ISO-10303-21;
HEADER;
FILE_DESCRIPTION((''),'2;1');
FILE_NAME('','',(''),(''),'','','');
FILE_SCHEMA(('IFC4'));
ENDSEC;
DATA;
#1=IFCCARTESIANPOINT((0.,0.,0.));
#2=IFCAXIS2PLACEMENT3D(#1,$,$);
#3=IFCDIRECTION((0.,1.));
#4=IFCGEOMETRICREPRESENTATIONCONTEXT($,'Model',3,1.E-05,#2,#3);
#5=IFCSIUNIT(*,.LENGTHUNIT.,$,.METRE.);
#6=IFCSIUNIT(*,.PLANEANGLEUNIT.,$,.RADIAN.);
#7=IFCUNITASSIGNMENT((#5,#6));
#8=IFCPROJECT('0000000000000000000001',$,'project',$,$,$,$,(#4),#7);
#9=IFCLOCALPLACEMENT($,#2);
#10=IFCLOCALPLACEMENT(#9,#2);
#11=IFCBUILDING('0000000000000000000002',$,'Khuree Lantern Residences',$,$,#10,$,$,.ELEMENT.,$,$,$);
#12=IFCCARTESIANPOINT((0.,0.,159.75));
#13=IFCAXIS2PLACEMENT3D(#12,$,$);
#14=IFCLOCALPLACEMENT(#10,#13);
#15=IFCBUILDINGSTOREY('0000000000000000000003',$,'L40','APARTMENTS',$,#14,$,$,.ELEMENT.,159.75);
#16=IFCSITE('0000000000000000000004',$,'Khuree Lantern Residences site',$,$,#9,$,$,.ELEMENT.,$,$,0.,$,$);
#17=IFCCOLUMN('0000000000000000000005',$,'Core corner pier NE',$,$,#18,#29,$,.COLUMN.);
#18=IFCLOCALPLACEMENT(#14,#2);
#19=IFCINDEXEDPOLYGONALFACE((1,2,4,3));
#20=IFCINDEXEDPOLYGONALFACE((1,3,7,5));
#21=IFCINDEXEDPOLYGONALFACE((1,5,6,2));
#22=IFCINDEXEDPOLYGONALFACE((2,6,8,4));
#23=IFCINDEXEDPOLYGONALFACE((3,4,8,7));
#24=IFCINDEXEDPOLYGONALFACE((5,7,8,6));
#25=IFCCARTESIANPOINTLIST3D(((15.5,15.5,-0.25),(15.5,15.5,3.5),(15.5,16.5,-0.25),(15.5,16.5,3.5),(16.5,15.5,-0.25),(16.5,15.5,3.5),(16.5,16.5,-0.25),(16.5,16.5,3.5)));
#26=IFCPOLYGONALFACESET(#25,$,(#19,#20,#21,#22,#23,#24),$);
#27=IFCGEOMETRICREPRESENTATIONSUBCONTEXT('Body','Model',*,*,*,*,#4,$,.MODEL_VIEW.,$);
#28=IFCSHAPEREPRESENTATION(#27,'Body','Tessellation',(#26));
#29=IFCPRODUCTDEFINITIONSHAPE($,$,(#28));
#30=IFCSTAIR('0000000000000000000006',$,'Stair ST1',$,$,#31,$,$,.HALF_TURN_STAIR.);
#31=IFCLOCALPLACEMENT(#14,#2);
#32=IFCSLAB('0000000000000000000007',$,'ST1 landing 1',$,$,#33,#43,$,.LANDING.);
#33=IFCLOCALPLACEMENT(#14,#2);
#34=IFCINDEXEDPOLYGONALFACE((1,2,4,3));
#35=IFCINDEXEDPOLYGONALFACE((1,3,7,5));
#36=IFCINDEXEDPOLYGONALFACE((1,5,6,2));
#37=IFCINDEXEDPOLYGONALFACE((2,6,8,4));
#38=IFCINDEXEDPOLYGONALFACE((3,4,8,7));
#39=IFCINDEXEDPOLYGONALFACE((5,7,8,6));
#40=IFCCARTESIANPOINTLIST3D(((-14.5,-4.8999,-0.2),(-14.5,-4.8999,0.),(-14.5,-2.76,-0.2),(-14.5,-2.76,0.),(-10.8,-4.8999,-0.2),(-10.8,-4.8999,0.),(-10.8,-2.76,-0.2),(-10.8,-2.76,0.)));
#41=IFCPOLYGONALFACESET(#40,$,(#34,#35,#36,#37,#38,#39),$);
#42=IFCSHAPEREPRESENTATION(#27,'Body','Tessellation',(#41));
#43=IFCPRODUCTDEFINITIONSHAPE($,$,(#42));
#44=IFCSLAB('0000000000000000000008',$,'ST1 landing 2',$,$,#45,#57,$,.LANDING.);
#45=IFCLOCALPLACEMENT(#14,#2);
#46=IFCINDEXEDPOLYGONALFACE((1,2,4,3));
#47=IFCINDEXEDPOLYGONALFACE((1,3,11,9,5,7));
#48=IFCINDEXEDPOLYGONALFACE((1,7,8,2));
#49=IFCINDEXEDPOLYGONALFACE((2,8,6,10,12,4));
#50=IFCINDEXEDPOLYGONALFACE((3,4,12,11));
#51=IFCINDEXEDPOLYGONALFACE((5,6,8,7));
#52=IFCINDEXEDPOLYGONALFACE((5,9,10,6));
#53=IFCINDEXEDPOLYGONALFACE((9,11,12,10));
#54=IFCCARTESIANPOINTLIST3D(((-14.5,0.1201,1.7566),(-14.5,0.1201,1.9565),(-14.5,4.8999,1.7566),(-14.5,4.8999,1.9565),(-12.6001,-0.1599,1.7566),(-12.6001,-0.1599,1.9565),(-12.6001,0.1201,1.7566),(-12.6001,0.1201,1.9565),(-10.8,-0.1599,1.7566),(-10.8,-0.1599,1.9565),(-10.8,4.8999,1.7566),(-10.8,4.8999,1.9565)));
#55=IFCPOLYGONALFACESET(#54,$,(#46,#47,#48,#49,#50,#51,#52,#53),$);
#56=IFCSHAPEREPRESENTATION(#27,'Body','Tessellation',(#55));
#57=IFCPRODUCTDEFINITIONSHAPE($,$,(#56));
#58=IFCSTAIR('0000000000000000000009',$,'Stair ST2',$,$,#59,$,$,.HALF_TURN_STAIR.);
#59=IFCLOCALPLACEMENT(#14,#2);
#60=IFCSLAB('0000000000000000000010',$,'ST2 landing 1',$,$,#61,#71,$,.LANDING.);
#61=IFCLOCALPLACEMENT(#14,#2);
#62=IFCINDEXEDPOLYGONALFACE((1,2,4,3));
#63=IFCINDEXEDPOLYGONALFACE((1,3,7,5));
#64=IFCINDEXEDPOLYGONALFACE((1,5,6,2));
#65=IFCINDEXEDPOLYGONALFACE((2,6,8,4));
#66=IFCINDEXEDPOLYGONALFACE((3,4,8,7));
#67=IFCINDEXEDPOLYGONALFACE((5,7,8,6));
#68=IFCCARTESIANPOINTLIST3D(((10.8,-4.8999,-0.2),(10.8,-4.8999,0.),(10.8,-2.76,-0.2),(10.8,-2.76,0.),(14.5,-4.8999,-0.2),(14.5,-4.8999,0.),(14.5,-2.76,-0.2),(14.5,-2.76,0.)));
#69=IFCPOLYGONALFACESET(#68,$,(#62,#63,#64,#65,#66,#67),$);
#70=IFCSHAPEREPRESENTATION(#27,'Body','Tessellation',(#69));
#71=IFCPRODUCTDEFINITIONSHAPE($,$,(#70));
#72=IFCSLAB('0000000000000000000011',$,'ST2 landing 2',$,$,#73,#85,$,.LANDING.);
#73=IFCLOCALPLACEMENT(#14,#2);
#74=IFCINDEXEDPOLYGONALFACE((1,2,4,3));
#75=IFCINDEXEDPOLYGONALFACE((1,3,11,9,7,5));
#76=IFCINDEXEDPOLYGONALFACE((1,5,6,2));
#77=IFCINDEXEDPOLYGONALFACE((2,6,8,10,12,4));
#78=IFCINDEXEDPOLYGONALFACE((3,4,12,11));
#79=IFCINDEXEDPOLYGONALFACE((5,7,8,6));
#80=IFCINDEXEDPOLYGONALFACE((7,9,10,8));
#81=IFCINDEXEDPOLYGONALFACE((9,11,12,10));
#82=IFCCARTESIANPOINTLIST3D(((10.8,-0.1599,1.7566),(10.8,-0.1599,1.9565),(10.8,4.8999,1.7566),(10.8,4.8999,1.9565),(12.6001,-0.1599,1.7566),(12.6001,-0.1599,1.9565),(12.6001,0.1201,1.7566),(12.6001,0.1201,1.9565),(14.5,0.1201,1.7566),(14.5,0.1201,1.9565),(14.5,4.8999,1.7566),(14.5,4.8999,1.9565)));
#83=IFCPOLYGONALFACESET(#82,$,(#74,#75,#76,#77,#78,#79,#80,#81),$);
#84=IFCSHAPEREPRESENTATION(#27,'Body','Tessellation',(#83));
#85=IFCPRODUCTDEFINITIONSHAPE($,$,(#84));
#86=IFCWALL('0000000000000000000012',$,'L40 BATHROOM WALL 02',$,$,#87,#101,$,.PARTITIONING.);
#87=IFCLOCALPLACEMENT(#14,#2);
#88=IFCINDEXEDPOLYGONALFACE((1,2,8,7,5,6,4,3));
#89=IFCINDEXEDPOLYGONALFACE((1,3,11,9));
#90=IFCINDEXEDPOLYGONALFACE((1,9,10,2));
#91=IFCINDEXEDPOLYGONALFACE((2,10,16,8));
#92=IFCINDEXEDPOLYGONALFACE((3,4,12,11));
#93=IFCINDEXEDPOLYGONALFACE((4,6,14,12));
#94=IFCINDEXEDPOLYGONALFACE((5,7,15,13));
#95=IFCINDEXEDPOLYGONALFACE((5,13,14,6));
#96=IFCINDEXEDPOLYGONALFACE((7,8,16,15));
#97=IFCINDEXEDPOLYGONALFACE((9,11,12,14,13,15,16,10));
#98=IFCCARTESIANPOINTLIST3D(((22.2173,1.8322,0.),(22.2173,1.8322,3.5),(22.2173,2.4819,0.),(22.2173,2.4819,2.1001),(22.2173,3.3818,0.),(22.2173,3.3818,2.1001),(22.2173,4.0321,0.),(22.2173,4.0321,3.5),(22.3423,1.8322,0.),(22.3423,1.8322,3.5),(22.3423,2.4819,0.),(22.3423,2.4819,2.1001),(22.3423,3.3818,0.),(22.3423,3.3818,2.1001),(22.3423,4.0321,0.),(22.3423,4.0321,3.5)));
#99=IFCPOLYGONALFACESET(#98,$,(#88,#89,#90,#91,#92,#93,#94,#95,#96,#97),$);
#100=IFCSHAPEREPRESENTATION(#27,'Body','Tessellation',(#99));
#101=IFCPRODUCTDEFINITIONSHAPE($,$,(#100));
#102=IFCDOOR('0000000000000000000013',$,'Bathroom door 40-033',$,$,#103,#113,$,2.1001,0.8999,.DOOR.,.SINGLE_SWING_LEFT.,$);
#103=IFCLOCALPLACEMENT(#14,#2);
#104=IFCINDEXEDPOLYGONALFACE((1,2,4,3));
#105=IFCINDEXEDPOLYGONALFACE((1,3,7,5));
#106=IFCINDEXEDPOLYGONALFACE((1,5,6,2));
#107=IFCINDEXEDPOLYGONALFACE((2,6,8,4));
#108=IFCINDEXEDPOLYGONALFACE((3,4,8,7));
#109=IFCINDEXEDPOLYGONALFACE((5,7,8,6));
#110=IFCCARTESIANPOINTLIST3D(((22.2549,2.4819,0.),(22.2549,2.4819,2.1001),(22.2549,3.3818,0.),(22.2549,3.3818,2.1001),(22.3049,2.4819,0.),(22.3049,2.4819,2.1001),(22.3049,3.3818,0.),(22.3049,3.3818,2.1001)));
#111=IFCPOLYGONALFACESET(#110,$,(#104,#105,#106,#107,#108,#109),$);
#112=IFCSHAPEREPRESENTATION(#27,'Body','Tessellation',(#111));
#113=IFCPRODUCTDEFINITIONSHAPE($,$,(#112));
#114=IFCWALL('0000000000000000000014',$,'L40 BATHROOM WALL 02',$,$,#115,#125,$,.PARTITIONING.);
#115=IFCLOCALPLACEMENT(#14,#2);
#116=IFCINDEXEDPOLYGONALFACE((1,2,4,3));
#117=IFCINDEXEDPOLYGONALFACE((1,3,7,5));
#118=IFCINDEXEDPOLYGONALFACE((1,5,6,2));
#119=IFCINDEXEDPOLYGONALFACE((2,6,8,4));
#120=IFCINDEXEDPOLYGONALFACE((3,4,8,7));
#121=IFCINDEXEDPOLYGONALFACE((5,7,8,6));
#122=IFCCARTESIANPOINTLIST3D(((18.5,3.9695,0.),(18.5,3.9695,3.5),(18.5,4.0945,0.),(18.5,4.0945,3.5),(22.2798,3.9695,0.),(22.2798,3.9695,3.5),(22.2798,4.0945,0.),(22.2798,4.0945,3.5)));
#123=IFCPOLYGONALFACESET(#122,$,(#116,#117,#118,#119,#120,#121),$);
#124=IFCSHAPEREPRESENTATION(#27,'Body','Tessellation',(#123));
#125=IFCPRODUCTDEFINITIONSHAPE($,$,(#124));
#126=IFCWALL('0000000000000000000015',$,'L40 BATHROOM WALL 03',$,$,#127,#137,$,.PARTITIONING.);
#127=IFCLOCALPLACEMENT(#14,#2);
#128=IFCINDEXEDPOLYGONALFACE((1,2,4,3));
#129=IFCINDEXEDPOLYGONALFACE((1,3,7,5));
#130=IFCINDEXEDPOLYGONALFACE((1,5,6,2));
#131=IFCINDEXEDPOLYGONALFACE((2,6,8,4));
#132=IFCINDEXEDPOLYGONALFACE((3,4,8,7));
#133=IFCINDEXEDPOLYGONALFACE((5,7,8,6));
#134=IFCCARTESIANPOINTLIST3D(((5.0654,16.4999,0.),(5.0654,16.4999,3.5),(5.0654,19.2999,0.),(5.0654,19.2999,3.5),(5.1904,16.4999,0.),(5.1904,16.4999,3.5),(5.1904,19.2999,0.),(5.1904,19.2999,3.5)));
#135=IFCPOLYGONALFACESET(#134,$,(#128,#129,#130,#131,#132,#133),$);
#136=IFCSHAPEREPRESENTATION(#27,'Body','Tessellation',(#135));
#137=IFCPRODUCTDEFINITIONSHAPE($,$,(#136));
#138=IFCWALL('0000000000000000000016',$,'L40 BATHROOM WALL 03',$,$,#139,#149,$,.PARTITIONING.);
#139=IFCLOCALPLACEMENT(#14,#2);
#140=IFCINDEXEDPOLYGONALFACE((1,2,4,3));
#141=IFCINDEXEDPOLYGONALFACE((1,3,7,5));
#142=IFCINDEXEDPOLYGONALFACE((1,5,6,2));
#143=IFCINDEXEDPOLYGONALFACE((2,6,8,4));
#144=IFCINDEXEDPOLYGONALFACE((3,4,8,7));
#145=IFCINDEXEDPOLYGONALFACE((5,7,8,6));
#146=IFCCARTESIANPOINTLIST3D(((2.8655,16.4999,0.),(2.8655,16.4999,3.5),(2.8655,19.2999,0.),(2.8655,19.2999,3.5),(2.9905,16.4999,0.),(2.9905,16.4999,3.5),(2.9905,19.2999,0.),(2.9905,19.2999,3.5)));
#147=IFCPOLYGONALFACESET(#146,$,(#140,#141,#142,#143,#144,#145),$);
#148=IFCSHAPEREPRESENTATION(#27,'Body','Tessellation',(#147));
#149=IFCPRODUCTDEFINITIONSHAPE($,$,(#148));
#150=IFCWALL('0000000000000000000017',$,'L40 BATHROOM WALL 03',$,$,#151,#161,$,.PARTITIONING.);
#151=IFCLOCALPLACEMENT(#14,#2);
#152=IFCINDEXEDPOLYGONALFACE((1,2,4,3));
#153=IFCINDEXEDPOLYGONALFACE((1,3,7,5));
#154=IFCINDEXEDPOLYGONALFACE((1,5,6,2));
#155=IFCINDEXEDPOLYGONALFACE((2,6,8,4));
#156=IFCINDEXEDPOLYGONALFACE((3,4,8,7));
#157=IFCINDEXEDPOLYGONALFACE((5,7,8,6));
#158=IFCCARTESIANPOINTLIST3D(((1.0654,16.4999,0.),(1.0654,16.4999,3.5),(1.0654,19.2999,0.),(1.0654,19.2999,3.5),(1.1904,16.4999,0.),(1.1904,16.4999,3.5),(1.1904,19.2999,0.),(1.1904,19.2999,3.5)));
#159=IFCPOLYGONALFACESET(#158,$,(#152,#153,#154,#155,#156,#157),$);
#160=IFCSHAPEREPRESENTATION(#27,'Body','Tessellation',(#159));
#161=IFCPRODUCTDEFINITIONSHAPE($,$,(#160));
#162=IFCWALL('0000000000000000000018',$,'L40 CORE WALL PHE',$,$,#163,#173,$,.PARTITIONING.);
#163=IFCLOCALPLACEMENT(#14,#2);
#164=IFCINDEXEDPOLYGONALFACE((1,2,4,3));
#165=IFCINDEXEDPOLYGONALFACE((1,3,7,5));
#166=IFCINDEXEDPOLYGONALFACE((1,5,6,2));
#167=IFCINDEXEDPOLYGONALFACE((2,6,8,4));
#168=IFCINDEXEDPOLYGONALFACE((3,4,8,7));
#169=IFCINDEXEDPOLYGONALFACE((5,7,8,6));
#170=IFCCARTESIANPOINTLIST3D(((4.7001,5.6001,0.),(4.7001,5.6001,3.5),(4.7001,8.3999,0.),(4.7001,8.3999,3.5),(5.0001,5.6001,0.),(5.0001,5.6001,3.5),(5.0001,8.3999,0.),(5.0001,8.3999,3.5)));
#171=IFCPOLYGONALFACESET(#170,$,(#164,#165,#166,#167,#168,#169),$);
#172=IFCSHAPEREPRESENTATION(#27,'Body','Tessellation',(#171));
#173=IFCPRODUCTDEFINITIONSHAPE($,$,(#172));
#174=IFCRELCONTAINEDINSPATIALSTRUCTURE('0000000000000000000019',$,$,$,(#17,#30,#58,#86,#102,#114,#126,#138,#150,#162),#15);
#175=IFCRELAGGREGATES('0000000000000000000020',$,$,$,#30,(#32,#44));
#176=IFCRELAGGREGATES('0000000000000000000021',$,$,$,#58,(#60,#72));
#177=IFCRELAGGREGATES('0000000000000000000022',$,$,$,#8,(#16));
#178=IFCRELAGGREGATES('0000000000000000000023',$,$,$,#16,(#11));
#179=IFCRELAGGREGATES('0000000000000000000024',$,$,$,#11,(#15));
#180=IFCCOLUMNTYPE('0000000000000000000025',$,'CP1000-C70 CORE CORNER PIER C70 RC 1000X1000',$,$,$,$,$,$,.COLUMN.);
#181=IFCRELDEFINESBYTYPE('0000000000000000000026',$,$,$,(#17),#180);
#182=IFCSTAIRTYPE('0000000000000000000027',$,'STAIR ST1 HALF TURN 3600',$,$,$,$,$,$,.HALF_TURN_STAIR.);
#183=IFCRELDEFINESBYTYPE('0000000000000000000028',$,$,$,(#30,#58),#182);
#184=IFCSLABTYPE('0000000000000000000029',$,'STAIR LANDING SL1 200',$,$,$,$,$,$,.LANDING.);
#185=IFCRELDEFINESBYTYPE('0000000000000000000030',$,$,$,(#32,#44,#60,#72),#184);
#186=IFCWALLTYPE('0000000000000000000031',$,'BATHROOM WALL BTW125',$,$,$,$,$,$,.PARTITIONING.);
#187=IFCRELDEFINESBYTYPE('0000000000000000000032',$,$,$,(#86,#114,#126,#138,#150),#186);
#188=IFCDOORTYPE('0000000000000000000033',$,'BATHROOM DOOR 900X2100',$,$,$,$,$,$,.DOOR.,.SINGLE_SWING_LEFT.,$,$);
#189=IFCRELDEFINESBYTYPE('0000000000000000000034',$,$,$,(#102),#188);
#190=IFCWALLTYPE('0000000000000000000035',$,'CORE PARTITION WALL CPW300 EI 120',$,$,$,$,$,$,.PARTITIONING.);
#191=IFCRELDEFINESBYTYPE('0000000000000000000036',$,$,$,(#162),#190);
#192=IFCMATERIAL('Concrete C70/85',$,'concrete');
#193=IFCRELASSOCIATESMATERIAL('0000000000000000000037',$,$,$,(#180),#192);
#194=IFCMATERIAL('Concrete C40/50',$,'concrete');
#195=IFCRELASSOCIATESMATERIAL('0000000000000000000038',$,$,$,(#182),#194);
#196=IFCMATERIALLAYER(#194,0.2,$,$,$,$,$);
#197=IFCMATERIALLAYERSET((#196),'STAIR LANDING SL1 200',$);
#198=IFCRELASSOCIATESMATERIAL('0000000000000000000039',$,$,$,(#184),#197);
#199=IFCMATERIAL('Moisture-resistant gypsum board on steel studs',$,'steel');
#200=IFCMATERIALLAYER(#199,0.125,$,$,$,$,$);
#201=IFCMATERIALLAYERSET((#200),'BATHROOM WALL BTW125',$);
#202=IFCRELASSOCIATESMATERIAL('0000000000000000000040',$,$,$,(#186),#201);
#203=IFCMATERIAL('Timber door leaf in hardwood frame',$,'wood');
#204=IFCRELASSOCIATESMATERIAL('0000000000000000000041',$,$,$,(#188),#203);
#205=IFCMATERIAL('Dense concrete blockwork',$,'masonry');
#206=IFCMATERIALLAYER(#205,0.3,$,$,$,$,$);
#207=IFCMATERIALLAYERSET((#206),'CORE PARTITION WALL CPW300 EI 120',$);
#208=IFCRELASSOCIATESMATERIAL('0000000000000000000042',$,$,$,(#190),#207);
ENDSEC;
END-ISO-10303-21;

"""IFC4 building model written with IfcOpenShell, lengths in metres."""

from ifc_helpers import new_model, si_unit, direction, frame, frame_2d, origin, origin_2d, place, context, subcontext, project, spatial, polyline, rectangle, outline, extrude, material, layer, layer_set, material_profile, profile_set, type_object, element, fill, aggregate, save


model = new_model("IFC4")

# Units and contexts
model_context = context("Model", 3, precision=1e-05, world=origin(), true_north=direction((0.0, 1.0)))
body_context = subcontext(model_context, "Body", "Model", "MODEL_VIEW")
ifc_project = project(units=[si_unit("LENGTHUNIT", "METRE"), si_unit("PLANEANGLEUNIT", "RADIAN")], contexts=[model_context])

# Site, building, storey
site_placement = place(None, origin())
site = spatial("IfcSite", under=ifc_project, at=site_placement, Name="Khuree Lantern Residences site", CompositionType="ELEMENT", RefElevation=0.0)
building_placement = place(site_placement, origin())
building = spatial("IfcBuilding", under=site, at=building_placement, Name="Khuree Lantern Residences", CompositionType="ELEMENT")
storey_placement = place(building_placement, frame((0.0, 0.0, 159.75)))
storey = spatial("IfcBuildingStorey", under=building, at=storey_placement, Name="L40", Description="APARTMENTS", CompositionType="ELEMENT", Elevation=159.75)

# Column
ifc_material_1 = material(Name="Concrete C70/85", Category="concrete")
ifc_material_profile = material_profile(ifc_material_1, rectangle(XDim=1.0, YDim=1.0, at=origin_2d()), Name="RC 1000X1000")
ifc_profile_set = profile_set([ifc_material_profile], Name="Concrete C70/85")
column_type = type_object("IfcColumnType", Name="CP1000-C70 CORE CORNER PIER C70 RC 1000X1000", PredefinedType="COLUMN", material=ifc_profile_set)
column_placement = place(storey_placement, frame((16.0, 16.0, -0.25), z_axis=(0.0, 0.0, 1.0), x_axis=(1.0, 0.0, 0.0)))
element("IfcColumn", 1, at=column_placement, inside=storey, type_object=column_type, Name="Core corner pier NE", PredefinedType="COLUMN", context=body_context, shape_type="SweptSolid", body=[
    extrude(rectangle(XDim=1.0, YDim=1.0, at=origin_2d()), origin(), (0.0, 0.0, 1.0), 3.75),
])

# Stairs, slabs
ifc_material_2 = material(Name="Concrete C40/50", Category="concrete")
stair_type = type_object("IfcStairType", Name="STAIR ST1 HALF TURN 3600", PredefinedType="HALF_TURN_STAIR", material=ifc_material_2)
stair_1_placement = place(storey_placement, origin())
stair_1 = element("IfcStair", 2, at=stair_1_placement, inside=storey, type_object=stair_type, Name="Stair ST1", PredefinedType="HALF_TURN_STAIR")
ifc_layer_1 = layer(ifc_material_2, 0.2)
ifc_layer_set_1 = layer_set([ifc_layer_1], Name="STAIR LANDING SL1 200")
slab_type = type_object("IfcSlabType", Name="STAIR LANDING SL1 200", PredefinedType="LANDING", material=ifc_layer_set_1)
slab_1_placement = place(storey_placement, frame((0.0, 0.0, -0.2)))
slab_1 = element("IfcSlab", 3, at=slab_1_placement, type_object=slab_type, Name="ST1 landing 1", PredefinedType="LANDING", context=body_context, shape_type="SweptSolid", body=[
    extrude(outline(polyline([(-14.5, -4.8999), (-10.8, -4.8999), (-10.8, -2.76), (-14.5, -2.76), (-14.5, -4.8999)])), origin(), (0.0, 0.0, 1.0), 0.2),
])
slab_2_placement = place(storey_placement, frame((0.0, 0.0, 1.7566)))
slab_2 = element("IfcSlab", 4, at=slab_2_placement, type_object=slab_type, Name="ST1 landing 2", PredefinedType="LANDING", context=body_context, shape_type="SweptSolid", body=[
    extrude(outline(polyline([(-14.5, 0.1201), (-14.5, 4.8999), (-10.8, 4.8999), (-10.8, -0.1599), (-12.6001, -0.1599), (-12.6001, 0.1201), (-14.5, 0.1201)])), origin(), (0.0, 0.0, 1.0), 0.2),
])
aggregate(stair_1, [slab_1, slab_2])
stair_2_placement = place(storey_placement, origin())
stair_2 = element("IfcStair", 5, at=stair_2_placement, inside=storey, type_object=stair_type, Name="Stair ST2", PredefinedType="HALF_TURN_STAIR")
slab_3_placement = place(storey_placement, frame((0.0, 0.0, -0.2)))
slab_3 = element("IfcSlab", 6, at=slab_3_placement, type_object=slab_type, Name="ST2 landing 1", PredefinedType="LANDING", context=body_context, shape_type="SweptSolid", body=[
    extrude(outline(polyline([(10.8, -4.8999), (14.5, -4.8999), (14.5, -2.76), (10.8, -2.76), (10.8, -4.8999)])), origin(), (0.0, 0.0, 1.0), 0.2),
])
slab_4_placement = place(storey_placement, frame((0.0, 0.0, 1.7566)))
slab_4 = element("IfcSlab", 7, at=slab_4_placement, type_object=slab_type, Name="ST2 landing 2", PredefinedType="LANDING", context=body_context, shape_type="SweptSolid", body=[
    extrude(outline(polyline([(14.5, 4.8999), (14.5, 0.1201), (12.6001, 0.1201), (12.6001, -0.1599), (10.8, -0.1599), (10.8, 4.8999), (14.5, 4.8999)])), origin(), (0.0, 0.0, 1.0), 0.2),
])

# Wall, opening, door
ifc_material_3 = material(Name="Moisture-resistant gypsum board on steel studs", Category="steel")
ifc_layer_2 = layer(ifc_material_3, 0.125)
ifc_layer_set_2 = layer_set([ifc_layer_2], Name="BATHROOM WALL BTW125")
wall_type_1 = type_object("IfcWallType", Name="BATHROOM WALL BTW125", PredefinedType="PARTITIONING", material=ifc_layer_set_2)
wall_1_placement = place(storey_placement, frame((22.2798, 1.832, 0.0), z_axis=(0.0, 0.0, 1.0), x_axis=(0.0, 1.0, 0.0)))
wall_1 = element("IfcWall", 8, at=wall_1_placement, inside=storey, type_object=wall_type_1, Name="L40 BATHROOM WALL 02", PredefinedType="PARTITIONING", context=body_context, shape_type="SweptSolid", body=[
    extrude(rectangle(XDim=2.2, YDim=0.125, at=frame_2d((1.1001, 0.0))), origin(), (0.0, 0.0, 1.0), 3.5),
])
opening_1_placement = place(wall_1_placement, frame((0.6499, 0.0, 0.0)))
opening_1 = element("IfcOpeningElement", 9, at=opening_1_placement, cuts=wall_1, PredefinedType="OPENING", context=body_context, shape_type="SweptSolid", body=[
    extrude(rectangle(XDim=0.8999, YDim=2.1001, at=frame_2d((0.45, 1.05))), frame((0.0, 0.0725, 0.0), z_axis=(0.0, -1.0, 0.0), x_axis=(1.0, 0.0, 0.0)), (0.0, 0.0, 1.0), 0.145),
])
ifc_material_4 = material(Name="Timber door leaf in hardwood frame", Category="wood")
door_type_1 = type_object("IfcDoorType", Name="BATHROOM DOOR 900X2100", OperationType="SINGLE_SWING_LEFT", PredefinedType="DOOR", material=ifc_material_4)
door_1_placement = place(opening_1_placement, origin())
door_1 = element("IfcDoor", 10, at=door_1_placement, inside=storey, type_object=door_type_1, Name="Bathroom door 40-033", OperationType="SINGLE_SWING_LEFT", OverallHeight=2.1001, OverallWidth=0.8999, PredefinedType="DOOR", context=body_context, shape_type="SweptSolid", body=[
    extrude(rectangle(XDim=0.8999, YDim=2.1001, at=frame_2d((0.45, 1.05))), frame((0.0, 0.0249, 0.0), z_axis=(0.0, -1.0, 0.0), x_axis=(1.0, 0.0, 0.0)), (0.0, 0.0, 1.0), 0.05),
])
fill(opening_1, door_1)

# Walls
wall_2_placement = place(storey_placement, frame((18.5, 4.032, 0.0), z_axis=(0.0, 0.0, 1.0), x_axis=(1.0, 0.0, 0.0)))
element("IfcWall", 11, at=wall_2_placement, inside=storey, type_object=wall_type_1, Name="L40 BATHROOM WALL 02", PredefinedType="PARTITIONING", context=body_context, shape_type="SweptSolid", body=[
    extrude(rectangle(XDim=3.7798, YDim=0.125, at=frame_2d((1.8899, 0.0))), origin(), (0.0, 0.0, 1.0), 3.5),
])
for number, where, z_axis, x_axis, name in (
    (12, (5.1279, 16.5, 0.0), (0.0, 0.0, 1.0), (0.0, 1.0, 0.0), "L40 BATHROOM WALL 03"),
    (13, (2.928, 16.5, 0.0), (0.0, 0.0, 1.0), (0.0, 1.0, 0.0), "L40 BATHROOM WALL 03"),
    (14, (1.1279, 16.5, 0.0), (0.0, 0.0, 1.0), (0.0, 1.0, 0.0), "L40 BATHROOM WALL 03"),
):
    element("IfcWall", number, at=place(storey_placement, frame(where, z_axis=z_axis, x_axis=x_axis)), inside=storey, type_object=wall_type_1, Name=name, PredefinedType="PARTITIONING", context=body_context, shape_type="SweptSolid", body=[
        extrude(rectangle(XDim=2.8, YDim=0.125, at=frame_2d((1.3999, 0.0))), origin(), (0.0, 0.0, 1.0), 3.5),
    ])
ifc_material_5 = material(Name="Dense concrete blockwork", Category="masonry")
ifc_layer_3 = layer(ifc_material_5, 0.3)
ifc_layer_set_3 = layer_set([ifc_layer_3], Name="CORE PARTITION WALL CPW300 EI 120")
wall_type_2 = type_object("IfcWallType", Name="CORE PARTITION WALL CPW300 EI 120", PredefinedType="PARTITIONING", material=ifc_layer_set_3)
wall_3_placement = place(storey_placement, frame((4.8501, 5.6001, 0.0), z_axis=(0.0, 0.0, 1.0), x_axis=(0.0, 1.0, 0.0)))
element("IfcWall", 15, at=wall_3_placement, inside=storey, type_object=wall_type_2, Name="L40 CORE WALL PHE", PredefinedType="PARTITIONING", context=body_context, shape_type="SweptSolid", body=[
    extrude(rectangle(XDim=2.7998, YDim=0.3, at=frame_2d((1.3999, 0.0))), origin(), (0.0, 0.0, 1.0), 3.5),
])

aggregate(stair_2, [slab_3, slab_4])

save(model, "model.ifc")
